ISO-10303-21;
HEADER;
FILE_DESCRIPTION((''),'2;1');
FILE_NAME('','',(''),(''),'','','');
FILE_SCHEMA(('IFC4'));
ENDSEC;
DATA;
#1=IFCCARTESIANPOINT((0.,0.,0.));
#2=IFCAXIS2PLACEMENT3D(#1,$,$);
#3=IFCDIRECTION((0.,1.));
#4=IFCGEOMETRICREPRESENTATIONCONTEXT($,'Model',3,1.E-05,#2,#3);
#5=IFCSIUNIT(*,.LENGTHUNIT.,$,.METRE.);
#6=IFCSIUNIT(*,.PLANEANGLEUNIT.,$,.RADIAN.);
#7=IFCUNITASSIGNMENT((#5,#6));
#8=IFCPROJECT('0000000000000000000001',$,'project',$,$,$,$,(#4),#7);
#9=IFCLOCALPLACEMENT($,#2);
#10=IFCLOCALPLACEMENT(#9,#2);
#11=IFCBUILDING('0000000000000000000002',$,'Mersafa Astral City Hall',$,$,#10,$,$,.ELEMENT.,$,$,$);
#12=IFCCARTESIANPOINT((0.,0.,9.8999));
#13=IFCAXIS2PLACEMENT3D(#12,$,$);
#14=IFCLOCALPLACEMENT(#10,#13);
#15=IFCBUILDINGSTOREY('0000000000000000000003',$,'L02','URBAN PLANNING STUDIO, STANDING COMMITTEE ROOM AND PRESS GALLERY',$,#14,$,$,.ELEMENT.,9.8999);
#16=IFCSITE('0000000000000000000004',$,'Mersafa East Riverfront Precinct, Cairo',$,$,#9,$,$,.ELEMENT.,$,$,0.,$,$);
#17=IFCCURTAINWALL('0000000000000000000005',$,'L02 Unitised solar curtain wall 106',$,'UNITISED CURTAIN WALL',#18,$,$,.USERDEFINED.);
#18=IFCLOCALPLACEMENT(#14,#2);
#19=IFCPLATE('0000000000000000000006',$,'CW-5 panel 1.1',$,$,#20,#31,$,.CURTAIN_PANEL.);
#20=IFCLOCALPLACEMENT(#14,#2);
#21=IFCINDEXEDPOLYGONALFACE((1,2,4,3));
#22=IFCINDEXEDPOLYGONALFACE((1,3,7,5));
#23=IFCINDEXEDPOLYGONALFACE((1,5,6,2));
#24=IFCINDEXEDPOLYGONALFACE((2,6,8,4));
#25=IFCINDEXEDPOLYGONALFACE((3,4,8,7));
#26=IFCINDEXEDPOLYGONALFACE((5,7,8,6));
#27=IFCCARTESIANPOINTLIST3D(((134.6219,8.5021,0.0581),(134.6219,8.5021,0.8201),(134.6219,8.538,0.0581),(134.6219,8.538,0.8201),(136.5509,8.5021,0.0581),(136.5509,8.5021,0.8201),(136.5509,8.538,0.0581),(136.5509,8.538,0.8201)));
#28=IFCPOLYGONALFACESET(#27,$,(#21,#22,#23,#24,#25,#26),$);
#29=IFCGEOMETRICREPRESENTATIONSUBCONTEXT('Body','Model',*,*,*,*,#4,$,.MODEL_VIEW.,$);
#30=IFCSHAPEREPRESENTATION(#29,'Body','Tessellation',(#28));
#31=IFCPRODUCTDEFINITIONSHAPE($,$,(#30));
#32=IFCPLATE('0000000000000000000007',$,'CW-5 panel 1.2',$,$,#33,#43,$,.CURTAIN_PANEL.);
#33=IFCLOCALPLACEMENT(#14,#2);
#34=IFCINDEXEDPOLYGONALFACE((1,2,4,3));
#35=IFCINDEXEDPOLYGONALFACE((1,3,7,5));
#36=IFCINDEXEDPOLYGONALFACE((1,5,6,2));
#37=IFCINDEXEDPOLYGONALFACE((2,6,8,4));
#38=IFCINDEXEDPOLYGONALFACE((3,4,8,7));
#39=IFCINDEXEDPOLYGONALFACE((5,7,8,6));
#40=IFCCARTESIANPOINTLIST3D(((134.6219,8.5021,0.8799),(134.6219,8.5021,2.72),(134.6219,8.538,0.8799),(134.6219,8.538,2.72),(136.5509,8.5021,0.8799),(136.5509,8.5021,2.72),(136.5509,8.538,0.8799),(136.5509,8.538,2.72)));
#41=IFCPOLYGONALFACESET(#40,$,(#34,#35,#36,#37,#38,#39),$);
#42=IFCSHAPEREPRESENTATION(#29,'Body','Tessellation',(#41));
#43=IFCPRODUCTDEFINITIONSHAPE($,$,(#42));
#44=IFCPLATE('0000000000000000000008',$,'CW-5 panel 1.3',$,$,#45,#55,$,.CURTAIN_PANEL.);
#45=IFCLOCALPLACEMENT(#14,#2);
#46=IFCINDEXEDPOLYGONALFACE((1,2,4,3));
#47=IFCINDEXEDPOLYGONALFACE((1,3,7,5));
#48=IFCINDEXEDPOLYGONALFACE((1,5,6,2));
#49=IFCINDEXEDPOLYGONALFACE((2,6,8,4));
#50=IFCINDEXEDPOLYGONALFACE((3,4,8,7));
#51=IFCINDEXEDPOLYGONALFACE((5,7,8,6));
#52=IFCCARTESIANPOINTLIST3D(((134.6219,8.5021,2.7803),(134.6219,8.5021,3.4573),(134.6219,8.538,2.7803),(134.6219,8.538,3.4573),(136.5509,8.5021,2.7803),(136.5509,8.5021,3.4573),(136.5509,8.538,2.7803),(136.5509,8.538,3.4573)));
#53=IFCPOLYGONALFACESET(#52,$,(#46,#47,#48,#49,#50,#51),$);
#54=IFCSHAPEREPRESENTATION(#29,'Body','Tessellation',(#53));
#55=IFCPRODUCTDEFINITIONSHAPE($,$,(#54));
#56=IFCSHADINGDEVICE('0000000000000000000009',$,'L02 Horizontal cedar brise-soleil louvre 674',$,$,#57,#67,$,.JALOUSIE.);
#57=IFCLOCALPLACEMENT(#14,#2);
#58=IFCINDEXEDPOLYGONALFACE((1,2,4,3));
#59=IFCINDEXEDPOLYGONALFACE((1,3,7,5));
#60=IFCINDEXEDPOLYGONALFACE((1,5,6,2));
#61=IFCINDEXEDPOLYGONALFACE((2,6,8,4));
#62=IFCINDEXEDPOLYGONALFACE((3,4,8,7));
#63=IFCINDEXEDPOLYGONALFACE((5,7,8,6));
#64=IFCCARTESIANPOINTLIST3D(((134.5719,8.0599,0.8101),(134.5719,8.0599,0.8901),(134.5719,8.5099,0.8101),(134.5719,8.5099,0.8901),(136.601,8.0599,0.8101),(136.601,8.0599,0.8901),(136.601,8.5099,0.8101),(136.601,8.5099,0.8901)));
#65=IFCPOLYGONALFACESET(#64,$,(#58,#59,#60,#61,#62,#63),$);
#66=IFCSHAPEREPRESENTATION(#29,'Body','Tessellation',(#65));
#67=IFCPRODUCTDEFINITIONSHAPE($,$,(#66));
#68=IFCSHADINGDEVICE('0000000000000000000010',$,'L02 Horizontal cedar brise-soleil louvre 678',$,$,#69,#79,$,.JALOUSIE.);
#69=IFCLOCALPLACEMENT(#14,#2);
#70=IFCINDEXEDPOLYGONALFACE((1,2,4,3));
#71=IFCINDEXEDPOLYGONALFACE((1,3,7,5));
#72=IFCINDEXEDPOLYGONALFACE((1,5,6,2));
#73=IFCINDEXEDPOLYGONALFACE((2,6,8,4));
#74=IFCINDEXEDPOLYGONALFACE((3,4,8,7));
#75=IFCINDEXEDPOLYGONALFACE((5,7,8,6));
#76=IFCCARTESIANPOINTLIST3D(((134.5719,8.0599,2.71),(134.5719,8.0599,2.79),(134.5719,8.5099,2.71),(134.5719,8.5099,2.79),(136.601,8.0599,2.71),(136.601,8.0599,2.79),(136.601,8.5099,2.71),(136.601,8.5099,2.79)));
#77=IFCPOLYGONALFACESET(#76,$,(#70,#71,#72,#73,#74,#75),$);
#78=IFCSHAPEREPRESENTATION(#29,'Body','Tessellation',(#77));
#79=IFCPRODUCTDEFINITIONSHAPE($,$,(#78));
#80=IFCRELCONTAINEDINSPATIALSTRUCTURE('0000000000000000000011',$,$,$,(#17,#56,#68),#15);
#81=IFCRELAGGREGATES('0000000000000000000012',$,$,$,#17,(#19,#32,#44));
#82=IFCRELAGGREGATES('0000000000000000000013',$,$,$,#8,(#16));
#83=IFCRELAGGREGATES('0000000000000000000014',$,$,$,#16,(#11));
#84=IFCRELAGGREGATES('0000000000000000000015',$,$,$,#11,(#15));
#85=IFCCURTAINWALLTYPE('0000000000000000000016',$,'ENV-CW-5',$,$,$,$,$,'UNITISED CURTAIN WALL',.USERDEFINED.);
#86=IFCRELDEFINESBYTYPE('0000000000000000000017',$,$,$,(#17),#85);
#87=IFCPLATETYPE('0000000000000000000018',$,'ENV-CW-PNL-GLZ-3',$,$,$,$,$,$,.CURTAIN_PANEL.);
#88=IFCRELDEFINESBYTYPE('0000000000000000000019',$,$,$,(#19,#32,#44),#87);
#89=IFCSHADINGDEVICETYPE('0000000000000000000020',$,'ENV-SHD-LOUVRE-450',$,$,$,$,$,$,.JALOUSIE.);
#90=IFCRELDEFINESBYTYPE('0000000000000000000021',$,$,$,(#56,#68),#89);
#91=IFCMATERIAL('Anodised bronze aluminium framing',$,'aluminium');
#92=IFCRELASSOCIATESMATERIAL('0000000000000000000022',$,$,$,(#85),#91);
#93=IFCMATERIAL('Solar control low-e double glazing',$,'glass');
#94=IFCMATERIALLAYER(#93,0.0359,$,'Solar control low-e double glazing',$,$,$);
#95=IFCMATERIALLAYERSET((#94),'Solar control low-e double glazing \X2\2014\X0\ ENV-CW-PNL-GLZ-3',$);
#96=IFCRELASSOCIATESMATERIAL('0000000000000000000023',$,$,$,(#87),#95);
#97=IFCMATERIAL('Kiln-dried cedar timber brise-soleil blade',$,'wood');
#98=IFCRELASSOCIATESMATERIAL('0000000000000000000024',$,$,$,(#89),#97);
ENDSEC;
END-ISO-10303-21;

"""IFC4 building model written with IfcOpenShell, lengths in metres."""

from ifc_helpers import new_model, si_unit, direction, frame, origin, origin_2d, place, context, subcontext, project, spatial, rectangle, extrude, material, layer, layer_set, type_object, element, aggregate, save


model = new_model("IFC4")

# Units and contexts
model_context = context("Model", 3, precision=1e-05, world=origin(), true_north=direction((0.0, 1.0)))
body_context = subcontext(model_context, "Body", "Model", "MODEL_VIEW")
ifc_project = project(units=[si_unit("LENGTHUNIT", "METRE"), si_unit("PLANEANGLEUNIT", "RADIAN")], contexts=[model_context])

# Site, building, storey
site_placement = place(None, origin())
site = spatial("IfcSite", under=ifc_project, at=site_placement, Name="Mersafa East Riverfront Precinct, Cairo", CompositionType="ELEMENT", RefElevation=0.0)
building_placement = place(site_placement, origin())
building = spatial("IfcBuilding", under=site, at=building_placement, Name="Mersafa Astral City Hall", CompositionType="ELEMENT")
storey_placement = place(building_placement, frame((0.0, 0.0, 9.8999)))
storey = spatial("IfcBuildingStorey", under=building, at=storey_placement, Name="L02", Description="URBAN PLANNING STUDIO, STANDING COMMITTEE ROOM AND PRESS GALLERY", CompositionType="ELEMENT", Elevation=9.8999)

# Curtain wall
ifc_material_1 = material(Name="Anodised bronze aluminium framing", Category="aluminium")
curtain_wall_type = type_object("IfcCurtainWallType", Name="ENV-CW-5", ElementType="UNITISED CURTAIN WALL", PredefinedType="USERDEFINED", material=ifc_material_1)
curtain_wall_placement = place(storey_placement, origin())
curtain_wall = element("IfcCurtainWall", 1, at=curtain_wall_placement, inside=storey, type_object=curtain_wall_type, Name="L02 Unitised solar curtain wall 106", ObjectType="UNITISED CURTAIN WALL", PredefinedType="USERDEFINED")

# Plates
ifc_material_2 = material(Name="Solar control low-e double glazing", Category="glass")
ifc_layer = layer(ifc_material_2, 0.0359, Name="Solar control low-e double glazing")
ifc_layer_set = layer_set([ifc_layer], Name="Solar control low-e double glazing — ENV-CW-PNL-GLZ-3")
plate_type = type_object("IfcPlateType", Name="ENV-CW-PNL-GLZ-3", PredefinedType="CURTAIN_PANEL", material=ifc_layer_set)
plate_1_placement = place(storey_placement, frame((135.5864, 8.52, 0.0581), z_axis=(0.0, 0.0, 1.0), x_axis=(1.0, 0.0, 0.0)))
plate_1 = element("IfcPlate", 2, at=plate_1_placement, type_object=plate_type, Name="CW-5 panel 1.1", PredefinedType="CURTAIN_PANEL", context=body_context, shape_type="SweptSolid", body=[
    extrude(rectangle(XDim=1.929, YDim=0.0359, at=origin_2d()), origin(), (0.0, 0.0, 1.0), 0.762),
])
plate_2_placement = place(storey_placement, frame((135.5864, 8.52, 0.8799), z_axis=(0.0, 0.0, 1.0), x_axis=(1.0, 0.0, 0.0)))
plate_2 = element("IfcPlate", 3, at=plate_2_placement, type_object=plate_type, Name="CW-5 panel 1.2", PredefinedType="CURTAIN_PANEL", context=body_context, shape_type="SweptSolid", body=[
    extrude(rectangle(XDim=1.929, YDim=0.0359, at=origin_2d()), origin(), (0.0, 0.0, 1.0), 1.8401),
])
plate_3_placement = place(storey_placement, frame((135.5864, 8.52, 2.7803), z_axis=(0.0, 0.0, 1.0), x_axis=(1.0, 0.0, 0.0)))
plate_3 = element("IfcPlate", 4, at=plate_3_placement, type_object=plate_type, Name="CW-5 panel 1.3", PredefinedType="CURTAIN_PANEL", context=body_context, shape_type="SweptSolid", body=[
    extrude(rectangle(XDim=1.929, YDim=0.0359, at=origin_2d()), origin(), (0.0, 0.0, 1.0), 0.677),
])
aggregate(curtain_wall, [plate_1, plate_2, plate_3])

# Shading devices
ifc_material_3 = material(Name="Kiln-dried cedar timber brise-soleil blade", Category="wood")
shading_device_type = type_object("IfcShadingDeviceType", Name="ENV-SHD-LOUVRE-450", PredefinedType="JALOUSIE", material=ifc_material_3)
for number, where, z_axis, x_axis, name in (
    (5, (135.5864, 8.2849, 0.8101), (0.0, 0.0, 1.0), (1.0, 0.0, 0.0), "L02 Horizontal cedar brise-soleil louvre 674"),
    (6, (135.5864, 8.2849, 2.71), (0.0, 0.0, 1.0), (1.0, 0.0, 0.0), "L02 Horizontal cedar brise-soleil louvre 678"),
):
    element("IfcShadingDevice", number, at=place(storey_placement, frame(where, z_axis=z_axis, x_axis=x_axis)), inside=storey, type_object=shading_device_type, Name=name, PredefinedType="JALOUSIE", context=body_context, shape_type="SweptSolid", body=[
        extrude(rectangle(XDim=2.0291, YDim=0.45, at=origin_2d()), origin(), (0.0, 0.0, 1.0), 0.0801),
    ])

save(model, "model.ifc")
